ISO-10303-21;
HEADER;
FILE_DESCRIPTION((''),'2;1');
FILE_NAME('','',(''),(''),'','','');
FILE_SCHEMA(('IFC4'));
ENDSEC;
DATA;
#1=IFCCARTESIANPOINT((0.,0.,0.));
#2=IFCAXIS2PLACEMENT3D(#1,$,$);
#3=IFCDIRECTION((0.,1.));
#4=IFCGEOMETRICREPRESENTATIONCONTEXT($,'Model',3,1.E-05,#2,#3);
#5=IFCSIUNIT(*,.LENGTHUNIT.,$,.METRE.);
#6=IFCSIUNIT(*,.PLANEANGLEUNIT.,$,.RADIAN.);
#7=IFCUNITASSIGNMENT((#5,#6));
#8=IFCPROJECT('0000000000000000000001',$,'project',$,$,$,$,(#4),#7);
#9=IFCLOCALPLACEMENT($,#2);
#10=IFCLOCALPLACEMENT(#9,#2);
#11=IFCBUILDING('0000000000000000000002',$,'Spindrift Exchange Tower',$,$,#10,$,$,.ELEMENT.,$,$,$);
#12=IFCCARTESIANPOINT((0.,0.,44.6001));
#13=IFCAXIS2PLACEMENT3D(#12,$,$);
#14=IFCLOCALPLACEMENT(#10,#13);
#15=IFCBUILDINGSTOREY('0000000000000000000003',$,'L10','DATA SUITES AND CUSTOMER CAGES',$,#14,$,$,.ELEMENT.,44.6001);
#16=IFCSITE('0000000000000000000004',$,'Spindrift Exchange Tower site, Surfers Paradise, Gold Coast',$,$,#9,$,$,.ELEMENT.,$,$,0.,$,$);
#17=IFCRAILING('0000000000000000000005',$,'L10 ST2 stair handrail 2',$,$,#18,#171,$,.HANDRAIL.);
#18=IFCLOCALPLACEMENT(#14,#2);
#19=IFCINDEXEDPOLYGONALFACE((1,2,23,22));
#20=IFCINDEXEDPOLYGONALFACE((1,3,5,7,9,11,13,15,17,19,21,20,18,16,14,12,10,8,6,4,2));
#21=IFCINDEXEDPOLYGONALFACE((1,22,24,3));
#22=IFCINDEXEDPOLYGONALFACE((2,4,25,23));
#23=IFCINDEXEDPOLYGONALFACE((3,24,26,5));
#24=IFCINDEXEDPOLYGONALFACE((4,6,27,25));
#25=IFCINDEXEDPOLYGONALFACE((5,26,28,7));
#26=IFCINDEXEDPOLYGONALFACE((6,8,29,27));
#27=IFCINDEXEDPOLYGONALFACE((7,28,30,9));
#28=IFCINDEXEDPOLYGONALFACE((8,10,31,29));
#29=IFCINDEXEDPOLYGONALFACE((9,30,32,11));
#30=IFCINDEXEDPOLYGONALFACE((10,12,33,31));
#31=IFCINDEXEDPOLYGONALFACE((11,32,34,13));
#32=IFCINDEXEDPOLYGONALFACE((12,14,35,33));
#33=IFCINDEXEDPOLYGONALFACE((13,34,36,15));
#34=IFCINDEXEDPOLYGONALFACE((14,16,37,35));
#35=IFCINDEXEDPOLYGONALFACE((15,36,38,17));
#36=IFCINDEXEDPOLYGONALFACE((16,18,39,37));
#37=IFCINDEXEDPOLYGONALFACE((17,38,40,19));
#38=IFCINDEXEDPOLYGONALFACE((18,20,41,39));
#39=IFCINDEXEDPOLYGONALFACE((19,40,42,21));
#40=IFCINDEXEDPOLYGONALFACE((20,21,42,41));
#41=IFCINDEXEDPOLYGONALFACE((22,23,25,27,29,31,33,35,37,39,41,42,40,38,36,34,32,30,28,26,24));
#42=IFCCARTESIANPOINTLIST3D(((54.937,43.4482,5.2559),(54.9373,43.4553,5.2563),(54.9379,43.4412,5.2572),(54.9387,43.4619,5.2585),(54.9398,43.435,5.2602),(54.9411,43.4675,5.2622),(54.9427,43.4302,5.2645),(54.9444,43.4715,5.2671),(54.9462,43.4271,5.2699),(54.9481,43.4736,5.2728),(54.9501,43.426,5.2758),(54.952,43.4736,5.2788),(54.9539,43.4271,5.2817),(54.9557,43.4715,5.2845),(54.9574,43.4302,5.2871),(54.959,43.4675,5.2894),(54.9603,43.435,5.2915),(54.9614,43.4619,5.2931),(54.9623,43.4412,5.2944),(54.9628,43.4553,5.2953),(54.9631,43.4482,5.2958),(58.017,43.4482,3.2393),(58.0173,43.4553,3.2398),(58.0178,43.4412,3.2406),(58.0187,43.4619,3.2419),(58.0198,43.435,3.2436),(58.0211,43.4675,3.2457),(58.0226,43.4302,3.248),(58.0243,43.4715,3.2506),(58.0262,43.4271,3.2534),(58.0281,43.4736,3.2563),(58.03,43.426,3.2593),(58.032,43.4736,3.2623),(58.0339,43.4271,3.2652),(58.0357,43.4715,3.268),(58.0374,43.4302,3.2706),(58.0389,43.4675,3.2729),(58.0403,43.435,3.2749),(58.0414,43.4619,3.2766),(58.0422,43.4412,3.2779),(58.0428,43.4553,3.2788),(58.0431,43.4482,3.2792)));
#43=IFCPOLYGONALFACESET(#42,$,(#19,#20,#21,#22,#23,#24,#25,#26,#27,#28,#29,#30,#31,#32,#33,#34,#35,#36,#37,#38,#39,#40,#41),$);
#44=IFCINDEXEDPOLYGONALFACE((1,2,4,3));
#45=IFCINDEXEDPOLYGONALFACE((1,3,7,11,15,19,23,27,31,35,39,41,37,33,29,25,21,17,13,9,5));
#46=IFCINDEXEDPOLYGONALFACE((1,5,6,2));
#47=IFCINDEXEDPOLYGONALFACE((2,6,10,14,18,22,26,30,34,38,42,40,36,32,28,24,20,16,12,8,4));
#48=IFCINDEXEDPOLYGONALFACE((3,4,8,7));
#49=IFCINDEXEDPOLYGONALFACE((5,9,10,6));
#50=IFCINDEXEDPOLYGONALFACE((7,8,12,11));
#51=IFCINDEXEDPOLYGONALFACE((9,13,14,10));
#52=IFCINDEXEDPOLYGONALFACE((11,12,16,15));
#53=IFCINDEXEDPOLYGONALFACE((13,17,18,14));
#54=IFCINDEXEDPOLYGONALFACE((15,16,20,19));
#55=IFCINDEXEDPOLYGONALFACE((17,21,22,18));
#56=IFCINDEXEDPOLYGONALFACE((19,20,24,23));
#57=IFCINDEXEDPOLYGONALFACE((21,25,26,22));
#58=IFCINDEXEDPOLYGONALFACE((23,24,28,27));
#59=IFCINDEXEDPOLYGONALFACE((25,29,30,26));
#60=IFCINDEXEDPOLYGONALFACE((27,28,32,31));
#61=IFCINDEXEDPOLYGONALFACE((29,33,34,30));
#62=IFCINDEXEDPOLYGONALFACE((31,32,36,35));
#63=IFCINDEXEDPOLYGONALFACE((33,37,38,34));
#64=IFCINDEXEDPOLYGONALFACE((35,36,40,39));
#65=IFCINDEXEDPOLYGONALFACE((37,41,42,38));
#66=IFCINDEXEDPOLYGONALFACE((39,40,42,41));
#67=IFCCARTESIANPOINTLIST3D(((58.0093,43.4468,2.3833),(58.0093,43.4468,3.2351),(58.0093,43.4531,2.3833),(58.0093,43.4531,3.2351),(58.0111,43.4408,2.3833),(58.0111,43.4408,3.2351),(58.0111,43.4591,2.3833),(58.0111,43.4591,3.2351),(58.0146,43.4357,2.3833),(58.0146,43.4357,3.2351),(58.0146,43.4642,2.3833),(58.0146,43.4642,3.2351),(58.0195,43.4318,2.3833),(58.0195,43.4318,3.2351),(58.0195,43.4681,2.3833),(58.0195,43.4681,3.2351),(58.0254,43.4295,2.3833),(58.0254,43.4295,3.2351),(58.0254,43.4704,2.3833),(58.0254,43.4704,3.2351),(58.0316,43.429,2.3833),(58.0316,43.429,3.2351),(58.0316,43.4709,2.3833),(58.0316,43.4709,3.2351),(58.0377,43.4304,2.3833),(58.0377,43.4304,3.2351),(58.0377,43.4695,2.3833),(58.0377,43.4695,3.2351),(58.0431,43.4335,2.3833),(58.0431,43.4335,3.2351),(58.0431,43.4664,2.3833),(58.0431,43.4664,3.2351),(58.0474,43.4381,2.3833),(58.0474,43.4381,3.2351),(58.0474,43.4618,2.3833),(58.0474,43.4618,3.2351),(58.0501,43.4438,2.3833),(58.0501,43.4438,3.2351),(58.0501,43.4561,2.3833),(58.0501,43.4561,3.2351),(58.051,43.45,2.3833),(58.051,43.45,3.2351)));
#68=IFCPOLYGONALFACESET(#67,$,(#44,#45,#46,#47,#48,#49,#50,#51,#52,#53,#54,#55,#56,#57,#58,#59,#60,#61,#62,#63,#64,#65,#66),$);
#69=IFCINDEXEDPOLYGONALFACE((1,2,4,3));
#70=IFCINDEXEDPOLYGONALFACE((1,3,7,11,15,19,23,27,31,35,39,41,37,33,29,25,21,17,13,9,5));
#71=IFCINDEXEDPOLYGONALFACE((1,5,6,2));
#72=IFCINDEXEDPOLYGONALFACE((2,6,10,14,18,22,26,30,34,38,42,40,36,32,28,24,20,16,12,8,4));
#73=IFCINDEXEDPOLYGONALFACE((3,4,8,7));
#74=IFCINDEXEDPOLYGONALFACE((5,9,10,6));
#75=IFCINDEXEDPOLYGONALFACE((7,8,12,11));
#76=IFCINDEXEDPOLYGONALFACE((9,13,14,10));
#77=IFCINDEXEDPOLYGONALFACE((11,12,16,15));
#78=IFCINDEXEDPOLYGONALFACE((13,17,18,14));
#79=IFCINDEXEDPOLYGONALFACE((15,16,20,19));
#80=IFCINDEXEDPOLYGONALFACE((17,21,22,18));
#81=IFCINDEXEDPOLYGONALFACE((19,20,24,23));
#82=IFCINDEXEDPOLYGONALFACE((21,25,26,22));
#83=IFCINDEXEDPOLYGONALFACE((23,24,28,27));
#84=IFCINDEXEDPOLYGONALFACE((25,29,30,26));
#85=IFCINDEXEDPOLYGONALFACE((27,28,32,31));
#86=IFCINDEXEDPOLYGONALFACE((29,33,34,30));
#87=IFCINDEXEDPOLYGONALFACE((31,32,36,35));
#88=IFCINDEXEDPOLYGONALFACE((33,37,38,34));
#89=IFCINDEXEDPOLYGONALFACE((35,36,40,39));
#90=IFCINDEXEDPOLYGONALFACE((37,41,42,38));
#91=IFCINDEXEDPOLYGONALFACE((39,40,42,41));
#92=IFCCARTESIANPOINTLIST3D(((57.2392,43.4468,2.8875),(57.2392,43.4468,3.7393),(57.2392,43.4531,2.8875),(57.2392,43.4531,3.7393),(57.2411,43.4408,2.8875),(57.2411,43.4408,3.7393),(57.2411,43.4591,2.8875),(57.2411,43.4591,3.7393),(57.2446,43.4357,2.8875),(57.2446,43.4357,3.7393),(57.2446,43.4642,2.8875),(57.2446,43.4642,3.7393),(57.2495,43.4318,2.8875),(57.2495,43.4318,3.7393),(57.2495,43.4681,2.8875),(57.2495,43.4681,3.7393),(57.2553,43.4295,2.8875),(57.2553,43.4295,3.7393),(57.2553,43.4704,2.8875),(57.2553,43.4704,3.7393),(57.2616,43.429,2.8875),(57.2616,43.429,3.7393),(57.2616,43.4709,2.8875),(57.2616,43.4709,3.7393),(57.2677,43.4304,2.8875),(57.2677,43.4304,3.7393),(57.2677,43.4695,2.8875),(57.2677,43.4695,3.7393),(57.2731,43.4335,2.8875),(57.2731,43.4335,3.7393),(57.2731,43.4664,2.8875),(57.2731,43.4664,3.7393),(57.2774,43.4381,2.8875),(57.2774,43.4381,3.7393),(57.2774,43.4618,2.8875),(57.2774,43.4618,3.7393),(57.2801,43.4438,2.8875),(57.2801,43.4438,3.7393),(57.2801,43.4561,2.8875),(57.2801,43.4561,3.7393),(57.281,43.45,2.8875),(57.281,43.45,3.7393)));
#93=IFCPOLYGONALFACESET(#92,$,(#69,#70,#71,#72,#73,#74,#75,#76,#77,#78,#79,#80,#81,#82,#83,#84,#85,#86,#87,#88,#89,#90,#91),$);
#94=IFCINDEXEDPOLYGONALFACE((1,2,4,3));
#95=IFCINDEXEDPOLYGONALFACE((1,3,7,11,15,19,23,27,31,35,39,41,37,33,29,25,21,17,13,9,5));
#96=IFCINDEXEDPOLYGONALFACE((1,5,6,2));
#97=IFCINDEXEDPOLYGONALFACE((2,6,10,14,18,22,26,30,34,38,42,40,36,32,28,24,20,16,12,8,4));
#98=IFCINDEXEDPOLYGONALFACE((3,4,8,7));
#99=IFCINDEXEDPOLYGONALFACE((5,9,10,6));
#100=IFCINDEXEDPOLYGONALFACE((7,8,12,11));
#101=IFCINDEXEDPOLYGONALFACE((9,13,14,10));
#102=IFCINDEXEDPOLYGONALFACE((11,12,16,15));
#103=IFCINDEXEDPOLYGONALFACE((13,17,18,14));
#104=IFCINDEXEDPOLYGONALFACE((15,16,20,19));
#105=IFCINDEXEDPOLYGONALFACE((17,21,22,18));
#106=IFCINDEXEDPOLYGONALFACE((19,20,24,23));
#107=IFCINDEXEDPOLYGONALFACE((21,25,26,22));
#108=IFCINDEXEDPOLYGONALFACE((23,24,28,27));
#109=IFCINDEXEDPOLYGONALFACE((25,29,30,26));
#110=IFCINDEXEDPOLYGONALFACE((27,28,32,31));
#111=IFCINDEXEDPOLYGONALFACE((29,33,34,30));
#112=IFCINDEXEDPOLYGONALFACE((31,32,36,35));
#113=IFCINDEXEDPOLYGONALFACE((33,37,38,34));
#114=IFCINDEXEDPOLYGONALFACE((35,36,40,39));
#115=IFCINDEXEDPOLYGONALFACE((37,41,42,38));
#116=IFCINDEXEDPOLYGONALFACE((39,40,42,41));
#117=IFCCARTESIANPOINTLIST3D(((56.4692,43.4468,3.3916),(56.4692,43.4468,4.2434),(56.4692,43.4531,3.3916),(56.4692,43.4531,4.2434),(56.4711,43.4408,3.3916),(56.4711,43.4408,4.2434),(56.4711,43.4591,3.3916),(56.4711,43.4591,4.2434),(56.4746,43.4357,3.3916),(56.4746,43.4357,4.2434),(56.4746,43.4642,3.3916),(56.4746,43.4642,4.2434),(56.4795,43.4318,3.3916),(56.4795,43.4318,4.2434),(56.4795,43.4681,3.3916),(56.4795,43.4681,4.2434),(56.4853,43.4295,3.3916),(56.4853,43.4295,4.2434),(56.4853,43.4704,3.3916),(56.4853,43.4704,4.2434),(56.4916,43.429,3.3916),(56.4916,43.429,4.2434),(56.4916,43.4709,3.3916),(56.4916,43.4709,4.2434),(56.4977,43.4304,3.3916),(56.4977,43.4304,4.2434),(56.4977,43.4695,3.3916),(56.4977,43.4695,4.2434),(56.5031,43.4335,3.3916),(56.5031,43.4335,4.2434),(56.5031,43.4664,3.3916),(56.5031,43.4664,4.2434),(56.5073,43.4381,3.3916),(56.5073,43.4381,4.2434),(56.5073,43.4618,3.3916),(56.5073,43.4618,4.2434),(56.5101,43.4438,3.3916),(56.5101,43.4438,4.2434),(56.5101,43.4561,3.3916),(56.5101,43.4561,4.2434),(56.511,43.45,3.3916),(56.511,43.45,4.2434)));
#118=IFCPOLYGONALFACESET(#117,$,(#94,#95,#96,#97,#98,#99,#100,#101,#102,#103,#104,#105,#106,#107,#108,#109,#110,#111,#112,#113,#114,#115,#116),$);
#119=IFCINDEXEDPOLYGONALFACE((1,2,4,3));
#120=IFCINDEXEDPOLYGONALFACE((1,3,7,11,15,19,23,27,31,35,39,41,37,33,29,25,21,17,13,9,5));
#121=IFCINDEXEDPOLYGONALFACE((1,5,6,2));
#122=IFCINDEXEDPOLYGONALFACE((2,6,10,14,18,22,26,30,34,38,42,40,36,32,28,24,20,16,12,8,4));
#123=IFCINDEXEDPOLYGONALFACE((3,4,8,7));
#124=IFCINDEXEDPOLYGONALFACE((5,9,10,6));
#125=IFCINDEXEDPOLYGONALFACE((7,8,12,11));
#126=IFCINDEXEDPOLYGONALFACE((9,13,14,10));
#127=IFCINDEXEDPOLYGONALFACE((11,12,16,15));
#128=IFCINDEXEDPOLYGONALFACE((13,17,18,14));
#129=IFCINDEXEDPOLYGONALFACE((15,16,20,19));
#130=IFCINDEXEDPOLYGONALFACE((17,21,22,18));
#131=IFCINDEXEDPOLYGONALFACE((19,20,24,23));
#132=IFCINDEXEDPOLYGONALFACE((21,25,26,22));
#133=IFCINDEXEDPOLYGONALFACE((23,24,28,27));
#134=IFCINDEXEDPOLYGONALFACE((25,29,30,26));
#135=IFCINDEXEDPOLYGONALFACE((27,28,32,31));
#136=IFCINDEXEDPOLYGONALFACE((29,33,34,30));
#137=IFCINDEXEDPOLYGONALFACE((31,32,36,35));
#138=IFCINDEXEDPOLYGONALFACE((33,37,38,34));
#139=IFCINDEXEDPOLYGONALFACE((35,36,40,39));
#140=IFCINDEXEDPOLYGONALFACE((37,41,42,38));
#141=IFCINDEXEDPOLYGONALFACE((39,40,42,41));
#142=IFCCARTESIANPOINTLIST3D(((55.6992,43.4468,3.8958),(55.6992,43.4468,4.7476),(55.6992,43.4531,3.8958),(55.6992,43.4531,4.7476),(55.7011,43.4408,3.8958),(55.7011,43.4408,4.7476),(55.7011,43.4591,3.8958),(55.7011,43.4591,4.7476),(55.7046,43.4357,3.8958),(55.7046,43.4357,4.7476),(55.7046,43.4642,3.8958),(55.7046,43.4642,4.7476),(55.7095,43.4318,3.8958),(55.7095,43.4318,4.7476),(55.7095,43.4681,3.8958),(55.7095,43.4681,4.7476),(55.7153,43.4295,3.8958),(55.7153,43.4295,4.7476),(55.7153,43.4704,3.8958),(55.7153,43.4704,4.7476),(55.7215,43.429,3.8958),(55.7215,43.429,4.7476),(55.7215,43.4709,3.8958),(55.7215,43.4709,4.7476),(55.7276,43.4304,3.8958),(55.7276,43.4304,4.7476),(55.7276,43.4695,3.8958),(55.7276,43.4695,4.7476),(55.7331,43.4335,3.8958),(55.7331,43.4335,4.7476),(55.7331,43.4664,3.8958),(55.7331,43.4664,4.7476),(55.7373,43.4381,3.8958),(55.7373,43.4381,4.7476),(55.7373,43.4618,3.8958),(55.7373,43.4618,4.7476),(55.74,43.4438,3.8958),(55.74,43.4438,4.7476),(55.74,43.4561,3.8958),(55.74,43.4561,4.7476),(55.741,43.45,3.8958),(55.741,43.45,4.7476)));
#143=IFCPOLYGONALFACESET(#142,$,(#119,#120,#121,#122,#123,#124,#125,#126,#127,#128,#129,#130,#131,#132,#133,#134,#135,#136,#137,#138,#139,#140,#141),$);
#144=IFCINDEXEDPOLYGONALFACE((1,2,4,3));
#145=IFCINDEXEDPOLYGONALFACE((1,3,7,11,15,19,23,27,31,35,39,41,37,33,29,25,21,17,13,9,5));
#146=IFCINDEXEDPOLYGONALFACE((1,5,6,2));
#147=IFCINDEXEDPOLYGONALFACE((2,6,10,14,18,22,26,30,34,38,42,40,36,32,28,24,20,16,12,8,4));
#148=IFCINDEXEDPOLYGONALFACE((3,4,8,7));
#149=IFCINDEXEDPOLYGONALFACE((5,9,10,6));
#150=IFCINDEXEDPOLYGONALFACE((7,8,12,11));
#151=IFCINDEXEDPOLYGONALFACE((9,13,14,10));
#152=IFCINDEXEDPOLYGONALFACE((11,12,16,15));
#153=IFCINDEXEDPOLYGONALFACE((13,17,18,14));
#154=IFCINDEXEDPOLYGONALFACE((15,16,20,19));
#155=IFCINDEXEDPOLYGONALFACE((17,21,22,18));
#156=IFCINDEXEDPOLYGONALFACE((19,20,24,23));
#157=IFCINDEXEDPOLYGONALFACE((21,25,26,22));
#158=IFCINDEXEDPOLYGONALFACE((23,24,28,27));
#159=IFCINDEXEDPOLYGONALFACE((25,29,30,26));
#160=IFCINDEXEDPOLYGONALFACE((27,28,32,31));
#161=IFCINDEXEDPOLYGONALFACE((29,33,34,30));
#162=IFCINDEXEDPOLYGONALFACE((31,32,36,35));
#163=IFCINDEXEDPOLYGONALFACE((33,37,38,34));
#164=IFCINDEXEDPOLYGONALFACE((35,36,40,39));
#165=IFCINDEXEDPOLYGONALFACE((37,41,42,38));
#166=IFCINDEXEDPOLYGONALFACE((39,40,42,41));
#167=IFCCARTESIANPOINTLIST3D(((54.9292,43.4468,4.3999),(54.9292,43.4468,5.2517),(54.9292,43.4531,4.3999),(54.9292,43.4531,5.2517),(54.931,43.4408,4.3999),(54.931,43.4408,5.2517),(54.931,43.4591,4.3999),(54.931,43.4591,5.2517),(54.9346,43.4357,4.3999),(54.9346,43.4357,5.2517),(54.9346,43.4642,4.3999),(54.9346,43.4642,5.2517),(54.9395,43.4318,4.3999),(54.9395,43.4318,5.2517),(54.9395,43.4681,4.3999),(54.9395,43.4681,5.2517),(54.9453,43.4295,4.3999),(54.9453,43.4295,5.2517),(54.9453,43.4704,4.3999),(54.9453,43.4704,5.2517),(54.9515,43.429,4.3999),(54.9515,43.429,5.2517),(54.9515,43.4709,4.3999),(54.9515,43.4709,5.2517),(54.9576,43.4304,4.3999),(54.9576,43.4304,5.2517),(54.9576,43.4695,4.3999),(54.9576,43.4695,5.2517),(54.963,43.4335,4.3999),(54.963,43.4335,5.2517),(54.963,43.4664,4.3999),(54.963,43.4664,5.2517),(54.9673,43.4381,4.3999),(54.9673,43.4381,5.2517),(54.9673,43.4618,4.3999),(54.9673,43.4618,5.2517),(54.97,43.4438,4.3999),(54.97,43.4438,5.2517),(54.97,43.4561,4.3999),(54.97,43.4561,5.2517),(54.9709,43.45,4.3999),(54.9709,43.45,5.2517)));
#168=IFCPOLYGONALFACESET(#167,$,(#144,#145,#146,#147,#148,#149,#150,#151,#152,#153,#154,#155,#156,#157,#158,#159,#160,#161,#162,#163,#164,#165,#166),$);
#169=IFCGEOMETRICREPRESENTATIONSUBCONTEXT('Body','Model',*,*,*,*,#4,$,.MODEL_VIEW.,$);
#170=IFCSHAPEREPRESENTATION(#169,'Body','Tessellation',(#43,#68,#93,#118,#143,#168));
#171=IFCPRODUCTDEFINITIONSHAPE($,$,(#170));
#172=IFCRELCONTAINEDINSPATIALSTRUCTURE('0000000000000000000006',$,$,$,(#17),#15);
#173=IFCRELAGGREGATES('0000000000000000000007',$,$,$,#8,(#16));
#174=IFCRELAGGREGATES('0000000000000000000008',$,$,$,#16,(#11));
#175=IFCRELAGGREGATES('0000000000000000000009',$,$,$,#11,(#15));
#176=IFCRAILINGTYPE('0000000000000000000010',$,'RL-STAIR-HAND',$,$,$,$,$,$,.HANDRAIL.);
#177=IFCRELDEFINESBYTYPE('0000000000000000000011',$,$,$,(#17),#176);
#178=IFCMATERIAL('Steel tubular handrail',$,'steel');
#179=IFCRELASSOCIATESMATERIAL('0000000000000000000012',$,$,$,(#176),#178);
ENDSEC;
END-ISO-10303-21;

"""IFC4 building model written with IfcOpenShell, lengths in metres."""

from ifc_helpers import new_model, si_unit, direction, frame, origin, origin_2d, place, context, subcontext, project, spatial, circle, extrude, material, type_object, element, save


model = new_model("IFC4")

# Units and contexts
model_context = context("Model", 3, precision=1e-05, world=origin(), true_north=direction((0.0, 1.0)))
body_context = subcontext(model_context, "Body", "Model", "MODEL_VIEW")
ifc_project = project(units=[si_unit("LENGTHUNIT", "METRE"), si_unit("PLANEANGLEUNIT", "RADIAN")], contexts=[model_context])

# Site, building, storey
site_placement = place(None, origin())
site = spatial("IfcSite", under=ifc_project, at=site_placement, Name="Spindrift Exchange Tower site, Surfers Paradise, Gold Coast", CompositionType="ELEMENT", RefElevation=0.0)
building_placement = place(site_placement, origin())
building = spatial("IfcBuilding", under=site, at=building_placement, Name="Spindrift Exchange Tower", CompositionType="ELEMENT")
storey_placement = place(building_placement, frame((0.0, 0.0, 44.6001)))
storey = spatial("IfcBuildingStorey", under=building, at=storey_placement, Name="L10", Description="DATA SUITES AND CUSTOMER CAGES", CompositionType="ELEMENT", Elevation=44.6001)

# Railing
ifc_material_1 = material(Name="Steel tubular handrail", Category="steel")
railing_type_1 = type_object("IfcRailingType", Name="RL-STAIR-HAND", PredefinedType="HANDRAIL", material=ifc_material_1)
railing_1_placement = place(storey_placement, frame((58.03, 43.45, 2.3833)))
element("IfcRailing", 1, at=railing_1_placement, inside=storey, type_object=railing_type_1, Name="L10 ST2 stair handrail 2", PredefinedType="HANDRAIL", context=body_context, shape_type="SweptSolid", body=[
    extrude(circle(Radius=0.0239, at=origin_2d()), frame((0.0, 0.0, 0.876), z_axis=(-0.836633, 0.0, 0.547764), x_axis=(0.0, -1.0, 0.0)), (0.0, 0.0, 1.0), 3.6814),
    extrude(circle(Radius=0.021, at=origin_2d()), origin(), (0.0, 0.0, 1.0), 0.8518),
    extrude(circle(Radius=0.021, at=origin_2d()), frame((-0.77, 0.0, 0.5042)), (0.0, 0.0, 1.0), 0.8518),
    extrude(circle(Radius=0.021, at=origin_2d()), frame((-1.54, 0.0, 1.0083)), (0.0, 0.0, 1.0), 0.8518),
    extrude(circle(Radius=0.021, at=origin_2d()), frame((-2.3101, 0.0, 1.5125)), (0.0, 0.0, 1.0), 0.8518),
    extrude(circle(Radius=0.021, at=origin_2d()), frame((-3.0801, 0.0, 2.0166)), (0.0, 0.0, 1.0), 0.8518),
])

save(model, "model.ifc")
